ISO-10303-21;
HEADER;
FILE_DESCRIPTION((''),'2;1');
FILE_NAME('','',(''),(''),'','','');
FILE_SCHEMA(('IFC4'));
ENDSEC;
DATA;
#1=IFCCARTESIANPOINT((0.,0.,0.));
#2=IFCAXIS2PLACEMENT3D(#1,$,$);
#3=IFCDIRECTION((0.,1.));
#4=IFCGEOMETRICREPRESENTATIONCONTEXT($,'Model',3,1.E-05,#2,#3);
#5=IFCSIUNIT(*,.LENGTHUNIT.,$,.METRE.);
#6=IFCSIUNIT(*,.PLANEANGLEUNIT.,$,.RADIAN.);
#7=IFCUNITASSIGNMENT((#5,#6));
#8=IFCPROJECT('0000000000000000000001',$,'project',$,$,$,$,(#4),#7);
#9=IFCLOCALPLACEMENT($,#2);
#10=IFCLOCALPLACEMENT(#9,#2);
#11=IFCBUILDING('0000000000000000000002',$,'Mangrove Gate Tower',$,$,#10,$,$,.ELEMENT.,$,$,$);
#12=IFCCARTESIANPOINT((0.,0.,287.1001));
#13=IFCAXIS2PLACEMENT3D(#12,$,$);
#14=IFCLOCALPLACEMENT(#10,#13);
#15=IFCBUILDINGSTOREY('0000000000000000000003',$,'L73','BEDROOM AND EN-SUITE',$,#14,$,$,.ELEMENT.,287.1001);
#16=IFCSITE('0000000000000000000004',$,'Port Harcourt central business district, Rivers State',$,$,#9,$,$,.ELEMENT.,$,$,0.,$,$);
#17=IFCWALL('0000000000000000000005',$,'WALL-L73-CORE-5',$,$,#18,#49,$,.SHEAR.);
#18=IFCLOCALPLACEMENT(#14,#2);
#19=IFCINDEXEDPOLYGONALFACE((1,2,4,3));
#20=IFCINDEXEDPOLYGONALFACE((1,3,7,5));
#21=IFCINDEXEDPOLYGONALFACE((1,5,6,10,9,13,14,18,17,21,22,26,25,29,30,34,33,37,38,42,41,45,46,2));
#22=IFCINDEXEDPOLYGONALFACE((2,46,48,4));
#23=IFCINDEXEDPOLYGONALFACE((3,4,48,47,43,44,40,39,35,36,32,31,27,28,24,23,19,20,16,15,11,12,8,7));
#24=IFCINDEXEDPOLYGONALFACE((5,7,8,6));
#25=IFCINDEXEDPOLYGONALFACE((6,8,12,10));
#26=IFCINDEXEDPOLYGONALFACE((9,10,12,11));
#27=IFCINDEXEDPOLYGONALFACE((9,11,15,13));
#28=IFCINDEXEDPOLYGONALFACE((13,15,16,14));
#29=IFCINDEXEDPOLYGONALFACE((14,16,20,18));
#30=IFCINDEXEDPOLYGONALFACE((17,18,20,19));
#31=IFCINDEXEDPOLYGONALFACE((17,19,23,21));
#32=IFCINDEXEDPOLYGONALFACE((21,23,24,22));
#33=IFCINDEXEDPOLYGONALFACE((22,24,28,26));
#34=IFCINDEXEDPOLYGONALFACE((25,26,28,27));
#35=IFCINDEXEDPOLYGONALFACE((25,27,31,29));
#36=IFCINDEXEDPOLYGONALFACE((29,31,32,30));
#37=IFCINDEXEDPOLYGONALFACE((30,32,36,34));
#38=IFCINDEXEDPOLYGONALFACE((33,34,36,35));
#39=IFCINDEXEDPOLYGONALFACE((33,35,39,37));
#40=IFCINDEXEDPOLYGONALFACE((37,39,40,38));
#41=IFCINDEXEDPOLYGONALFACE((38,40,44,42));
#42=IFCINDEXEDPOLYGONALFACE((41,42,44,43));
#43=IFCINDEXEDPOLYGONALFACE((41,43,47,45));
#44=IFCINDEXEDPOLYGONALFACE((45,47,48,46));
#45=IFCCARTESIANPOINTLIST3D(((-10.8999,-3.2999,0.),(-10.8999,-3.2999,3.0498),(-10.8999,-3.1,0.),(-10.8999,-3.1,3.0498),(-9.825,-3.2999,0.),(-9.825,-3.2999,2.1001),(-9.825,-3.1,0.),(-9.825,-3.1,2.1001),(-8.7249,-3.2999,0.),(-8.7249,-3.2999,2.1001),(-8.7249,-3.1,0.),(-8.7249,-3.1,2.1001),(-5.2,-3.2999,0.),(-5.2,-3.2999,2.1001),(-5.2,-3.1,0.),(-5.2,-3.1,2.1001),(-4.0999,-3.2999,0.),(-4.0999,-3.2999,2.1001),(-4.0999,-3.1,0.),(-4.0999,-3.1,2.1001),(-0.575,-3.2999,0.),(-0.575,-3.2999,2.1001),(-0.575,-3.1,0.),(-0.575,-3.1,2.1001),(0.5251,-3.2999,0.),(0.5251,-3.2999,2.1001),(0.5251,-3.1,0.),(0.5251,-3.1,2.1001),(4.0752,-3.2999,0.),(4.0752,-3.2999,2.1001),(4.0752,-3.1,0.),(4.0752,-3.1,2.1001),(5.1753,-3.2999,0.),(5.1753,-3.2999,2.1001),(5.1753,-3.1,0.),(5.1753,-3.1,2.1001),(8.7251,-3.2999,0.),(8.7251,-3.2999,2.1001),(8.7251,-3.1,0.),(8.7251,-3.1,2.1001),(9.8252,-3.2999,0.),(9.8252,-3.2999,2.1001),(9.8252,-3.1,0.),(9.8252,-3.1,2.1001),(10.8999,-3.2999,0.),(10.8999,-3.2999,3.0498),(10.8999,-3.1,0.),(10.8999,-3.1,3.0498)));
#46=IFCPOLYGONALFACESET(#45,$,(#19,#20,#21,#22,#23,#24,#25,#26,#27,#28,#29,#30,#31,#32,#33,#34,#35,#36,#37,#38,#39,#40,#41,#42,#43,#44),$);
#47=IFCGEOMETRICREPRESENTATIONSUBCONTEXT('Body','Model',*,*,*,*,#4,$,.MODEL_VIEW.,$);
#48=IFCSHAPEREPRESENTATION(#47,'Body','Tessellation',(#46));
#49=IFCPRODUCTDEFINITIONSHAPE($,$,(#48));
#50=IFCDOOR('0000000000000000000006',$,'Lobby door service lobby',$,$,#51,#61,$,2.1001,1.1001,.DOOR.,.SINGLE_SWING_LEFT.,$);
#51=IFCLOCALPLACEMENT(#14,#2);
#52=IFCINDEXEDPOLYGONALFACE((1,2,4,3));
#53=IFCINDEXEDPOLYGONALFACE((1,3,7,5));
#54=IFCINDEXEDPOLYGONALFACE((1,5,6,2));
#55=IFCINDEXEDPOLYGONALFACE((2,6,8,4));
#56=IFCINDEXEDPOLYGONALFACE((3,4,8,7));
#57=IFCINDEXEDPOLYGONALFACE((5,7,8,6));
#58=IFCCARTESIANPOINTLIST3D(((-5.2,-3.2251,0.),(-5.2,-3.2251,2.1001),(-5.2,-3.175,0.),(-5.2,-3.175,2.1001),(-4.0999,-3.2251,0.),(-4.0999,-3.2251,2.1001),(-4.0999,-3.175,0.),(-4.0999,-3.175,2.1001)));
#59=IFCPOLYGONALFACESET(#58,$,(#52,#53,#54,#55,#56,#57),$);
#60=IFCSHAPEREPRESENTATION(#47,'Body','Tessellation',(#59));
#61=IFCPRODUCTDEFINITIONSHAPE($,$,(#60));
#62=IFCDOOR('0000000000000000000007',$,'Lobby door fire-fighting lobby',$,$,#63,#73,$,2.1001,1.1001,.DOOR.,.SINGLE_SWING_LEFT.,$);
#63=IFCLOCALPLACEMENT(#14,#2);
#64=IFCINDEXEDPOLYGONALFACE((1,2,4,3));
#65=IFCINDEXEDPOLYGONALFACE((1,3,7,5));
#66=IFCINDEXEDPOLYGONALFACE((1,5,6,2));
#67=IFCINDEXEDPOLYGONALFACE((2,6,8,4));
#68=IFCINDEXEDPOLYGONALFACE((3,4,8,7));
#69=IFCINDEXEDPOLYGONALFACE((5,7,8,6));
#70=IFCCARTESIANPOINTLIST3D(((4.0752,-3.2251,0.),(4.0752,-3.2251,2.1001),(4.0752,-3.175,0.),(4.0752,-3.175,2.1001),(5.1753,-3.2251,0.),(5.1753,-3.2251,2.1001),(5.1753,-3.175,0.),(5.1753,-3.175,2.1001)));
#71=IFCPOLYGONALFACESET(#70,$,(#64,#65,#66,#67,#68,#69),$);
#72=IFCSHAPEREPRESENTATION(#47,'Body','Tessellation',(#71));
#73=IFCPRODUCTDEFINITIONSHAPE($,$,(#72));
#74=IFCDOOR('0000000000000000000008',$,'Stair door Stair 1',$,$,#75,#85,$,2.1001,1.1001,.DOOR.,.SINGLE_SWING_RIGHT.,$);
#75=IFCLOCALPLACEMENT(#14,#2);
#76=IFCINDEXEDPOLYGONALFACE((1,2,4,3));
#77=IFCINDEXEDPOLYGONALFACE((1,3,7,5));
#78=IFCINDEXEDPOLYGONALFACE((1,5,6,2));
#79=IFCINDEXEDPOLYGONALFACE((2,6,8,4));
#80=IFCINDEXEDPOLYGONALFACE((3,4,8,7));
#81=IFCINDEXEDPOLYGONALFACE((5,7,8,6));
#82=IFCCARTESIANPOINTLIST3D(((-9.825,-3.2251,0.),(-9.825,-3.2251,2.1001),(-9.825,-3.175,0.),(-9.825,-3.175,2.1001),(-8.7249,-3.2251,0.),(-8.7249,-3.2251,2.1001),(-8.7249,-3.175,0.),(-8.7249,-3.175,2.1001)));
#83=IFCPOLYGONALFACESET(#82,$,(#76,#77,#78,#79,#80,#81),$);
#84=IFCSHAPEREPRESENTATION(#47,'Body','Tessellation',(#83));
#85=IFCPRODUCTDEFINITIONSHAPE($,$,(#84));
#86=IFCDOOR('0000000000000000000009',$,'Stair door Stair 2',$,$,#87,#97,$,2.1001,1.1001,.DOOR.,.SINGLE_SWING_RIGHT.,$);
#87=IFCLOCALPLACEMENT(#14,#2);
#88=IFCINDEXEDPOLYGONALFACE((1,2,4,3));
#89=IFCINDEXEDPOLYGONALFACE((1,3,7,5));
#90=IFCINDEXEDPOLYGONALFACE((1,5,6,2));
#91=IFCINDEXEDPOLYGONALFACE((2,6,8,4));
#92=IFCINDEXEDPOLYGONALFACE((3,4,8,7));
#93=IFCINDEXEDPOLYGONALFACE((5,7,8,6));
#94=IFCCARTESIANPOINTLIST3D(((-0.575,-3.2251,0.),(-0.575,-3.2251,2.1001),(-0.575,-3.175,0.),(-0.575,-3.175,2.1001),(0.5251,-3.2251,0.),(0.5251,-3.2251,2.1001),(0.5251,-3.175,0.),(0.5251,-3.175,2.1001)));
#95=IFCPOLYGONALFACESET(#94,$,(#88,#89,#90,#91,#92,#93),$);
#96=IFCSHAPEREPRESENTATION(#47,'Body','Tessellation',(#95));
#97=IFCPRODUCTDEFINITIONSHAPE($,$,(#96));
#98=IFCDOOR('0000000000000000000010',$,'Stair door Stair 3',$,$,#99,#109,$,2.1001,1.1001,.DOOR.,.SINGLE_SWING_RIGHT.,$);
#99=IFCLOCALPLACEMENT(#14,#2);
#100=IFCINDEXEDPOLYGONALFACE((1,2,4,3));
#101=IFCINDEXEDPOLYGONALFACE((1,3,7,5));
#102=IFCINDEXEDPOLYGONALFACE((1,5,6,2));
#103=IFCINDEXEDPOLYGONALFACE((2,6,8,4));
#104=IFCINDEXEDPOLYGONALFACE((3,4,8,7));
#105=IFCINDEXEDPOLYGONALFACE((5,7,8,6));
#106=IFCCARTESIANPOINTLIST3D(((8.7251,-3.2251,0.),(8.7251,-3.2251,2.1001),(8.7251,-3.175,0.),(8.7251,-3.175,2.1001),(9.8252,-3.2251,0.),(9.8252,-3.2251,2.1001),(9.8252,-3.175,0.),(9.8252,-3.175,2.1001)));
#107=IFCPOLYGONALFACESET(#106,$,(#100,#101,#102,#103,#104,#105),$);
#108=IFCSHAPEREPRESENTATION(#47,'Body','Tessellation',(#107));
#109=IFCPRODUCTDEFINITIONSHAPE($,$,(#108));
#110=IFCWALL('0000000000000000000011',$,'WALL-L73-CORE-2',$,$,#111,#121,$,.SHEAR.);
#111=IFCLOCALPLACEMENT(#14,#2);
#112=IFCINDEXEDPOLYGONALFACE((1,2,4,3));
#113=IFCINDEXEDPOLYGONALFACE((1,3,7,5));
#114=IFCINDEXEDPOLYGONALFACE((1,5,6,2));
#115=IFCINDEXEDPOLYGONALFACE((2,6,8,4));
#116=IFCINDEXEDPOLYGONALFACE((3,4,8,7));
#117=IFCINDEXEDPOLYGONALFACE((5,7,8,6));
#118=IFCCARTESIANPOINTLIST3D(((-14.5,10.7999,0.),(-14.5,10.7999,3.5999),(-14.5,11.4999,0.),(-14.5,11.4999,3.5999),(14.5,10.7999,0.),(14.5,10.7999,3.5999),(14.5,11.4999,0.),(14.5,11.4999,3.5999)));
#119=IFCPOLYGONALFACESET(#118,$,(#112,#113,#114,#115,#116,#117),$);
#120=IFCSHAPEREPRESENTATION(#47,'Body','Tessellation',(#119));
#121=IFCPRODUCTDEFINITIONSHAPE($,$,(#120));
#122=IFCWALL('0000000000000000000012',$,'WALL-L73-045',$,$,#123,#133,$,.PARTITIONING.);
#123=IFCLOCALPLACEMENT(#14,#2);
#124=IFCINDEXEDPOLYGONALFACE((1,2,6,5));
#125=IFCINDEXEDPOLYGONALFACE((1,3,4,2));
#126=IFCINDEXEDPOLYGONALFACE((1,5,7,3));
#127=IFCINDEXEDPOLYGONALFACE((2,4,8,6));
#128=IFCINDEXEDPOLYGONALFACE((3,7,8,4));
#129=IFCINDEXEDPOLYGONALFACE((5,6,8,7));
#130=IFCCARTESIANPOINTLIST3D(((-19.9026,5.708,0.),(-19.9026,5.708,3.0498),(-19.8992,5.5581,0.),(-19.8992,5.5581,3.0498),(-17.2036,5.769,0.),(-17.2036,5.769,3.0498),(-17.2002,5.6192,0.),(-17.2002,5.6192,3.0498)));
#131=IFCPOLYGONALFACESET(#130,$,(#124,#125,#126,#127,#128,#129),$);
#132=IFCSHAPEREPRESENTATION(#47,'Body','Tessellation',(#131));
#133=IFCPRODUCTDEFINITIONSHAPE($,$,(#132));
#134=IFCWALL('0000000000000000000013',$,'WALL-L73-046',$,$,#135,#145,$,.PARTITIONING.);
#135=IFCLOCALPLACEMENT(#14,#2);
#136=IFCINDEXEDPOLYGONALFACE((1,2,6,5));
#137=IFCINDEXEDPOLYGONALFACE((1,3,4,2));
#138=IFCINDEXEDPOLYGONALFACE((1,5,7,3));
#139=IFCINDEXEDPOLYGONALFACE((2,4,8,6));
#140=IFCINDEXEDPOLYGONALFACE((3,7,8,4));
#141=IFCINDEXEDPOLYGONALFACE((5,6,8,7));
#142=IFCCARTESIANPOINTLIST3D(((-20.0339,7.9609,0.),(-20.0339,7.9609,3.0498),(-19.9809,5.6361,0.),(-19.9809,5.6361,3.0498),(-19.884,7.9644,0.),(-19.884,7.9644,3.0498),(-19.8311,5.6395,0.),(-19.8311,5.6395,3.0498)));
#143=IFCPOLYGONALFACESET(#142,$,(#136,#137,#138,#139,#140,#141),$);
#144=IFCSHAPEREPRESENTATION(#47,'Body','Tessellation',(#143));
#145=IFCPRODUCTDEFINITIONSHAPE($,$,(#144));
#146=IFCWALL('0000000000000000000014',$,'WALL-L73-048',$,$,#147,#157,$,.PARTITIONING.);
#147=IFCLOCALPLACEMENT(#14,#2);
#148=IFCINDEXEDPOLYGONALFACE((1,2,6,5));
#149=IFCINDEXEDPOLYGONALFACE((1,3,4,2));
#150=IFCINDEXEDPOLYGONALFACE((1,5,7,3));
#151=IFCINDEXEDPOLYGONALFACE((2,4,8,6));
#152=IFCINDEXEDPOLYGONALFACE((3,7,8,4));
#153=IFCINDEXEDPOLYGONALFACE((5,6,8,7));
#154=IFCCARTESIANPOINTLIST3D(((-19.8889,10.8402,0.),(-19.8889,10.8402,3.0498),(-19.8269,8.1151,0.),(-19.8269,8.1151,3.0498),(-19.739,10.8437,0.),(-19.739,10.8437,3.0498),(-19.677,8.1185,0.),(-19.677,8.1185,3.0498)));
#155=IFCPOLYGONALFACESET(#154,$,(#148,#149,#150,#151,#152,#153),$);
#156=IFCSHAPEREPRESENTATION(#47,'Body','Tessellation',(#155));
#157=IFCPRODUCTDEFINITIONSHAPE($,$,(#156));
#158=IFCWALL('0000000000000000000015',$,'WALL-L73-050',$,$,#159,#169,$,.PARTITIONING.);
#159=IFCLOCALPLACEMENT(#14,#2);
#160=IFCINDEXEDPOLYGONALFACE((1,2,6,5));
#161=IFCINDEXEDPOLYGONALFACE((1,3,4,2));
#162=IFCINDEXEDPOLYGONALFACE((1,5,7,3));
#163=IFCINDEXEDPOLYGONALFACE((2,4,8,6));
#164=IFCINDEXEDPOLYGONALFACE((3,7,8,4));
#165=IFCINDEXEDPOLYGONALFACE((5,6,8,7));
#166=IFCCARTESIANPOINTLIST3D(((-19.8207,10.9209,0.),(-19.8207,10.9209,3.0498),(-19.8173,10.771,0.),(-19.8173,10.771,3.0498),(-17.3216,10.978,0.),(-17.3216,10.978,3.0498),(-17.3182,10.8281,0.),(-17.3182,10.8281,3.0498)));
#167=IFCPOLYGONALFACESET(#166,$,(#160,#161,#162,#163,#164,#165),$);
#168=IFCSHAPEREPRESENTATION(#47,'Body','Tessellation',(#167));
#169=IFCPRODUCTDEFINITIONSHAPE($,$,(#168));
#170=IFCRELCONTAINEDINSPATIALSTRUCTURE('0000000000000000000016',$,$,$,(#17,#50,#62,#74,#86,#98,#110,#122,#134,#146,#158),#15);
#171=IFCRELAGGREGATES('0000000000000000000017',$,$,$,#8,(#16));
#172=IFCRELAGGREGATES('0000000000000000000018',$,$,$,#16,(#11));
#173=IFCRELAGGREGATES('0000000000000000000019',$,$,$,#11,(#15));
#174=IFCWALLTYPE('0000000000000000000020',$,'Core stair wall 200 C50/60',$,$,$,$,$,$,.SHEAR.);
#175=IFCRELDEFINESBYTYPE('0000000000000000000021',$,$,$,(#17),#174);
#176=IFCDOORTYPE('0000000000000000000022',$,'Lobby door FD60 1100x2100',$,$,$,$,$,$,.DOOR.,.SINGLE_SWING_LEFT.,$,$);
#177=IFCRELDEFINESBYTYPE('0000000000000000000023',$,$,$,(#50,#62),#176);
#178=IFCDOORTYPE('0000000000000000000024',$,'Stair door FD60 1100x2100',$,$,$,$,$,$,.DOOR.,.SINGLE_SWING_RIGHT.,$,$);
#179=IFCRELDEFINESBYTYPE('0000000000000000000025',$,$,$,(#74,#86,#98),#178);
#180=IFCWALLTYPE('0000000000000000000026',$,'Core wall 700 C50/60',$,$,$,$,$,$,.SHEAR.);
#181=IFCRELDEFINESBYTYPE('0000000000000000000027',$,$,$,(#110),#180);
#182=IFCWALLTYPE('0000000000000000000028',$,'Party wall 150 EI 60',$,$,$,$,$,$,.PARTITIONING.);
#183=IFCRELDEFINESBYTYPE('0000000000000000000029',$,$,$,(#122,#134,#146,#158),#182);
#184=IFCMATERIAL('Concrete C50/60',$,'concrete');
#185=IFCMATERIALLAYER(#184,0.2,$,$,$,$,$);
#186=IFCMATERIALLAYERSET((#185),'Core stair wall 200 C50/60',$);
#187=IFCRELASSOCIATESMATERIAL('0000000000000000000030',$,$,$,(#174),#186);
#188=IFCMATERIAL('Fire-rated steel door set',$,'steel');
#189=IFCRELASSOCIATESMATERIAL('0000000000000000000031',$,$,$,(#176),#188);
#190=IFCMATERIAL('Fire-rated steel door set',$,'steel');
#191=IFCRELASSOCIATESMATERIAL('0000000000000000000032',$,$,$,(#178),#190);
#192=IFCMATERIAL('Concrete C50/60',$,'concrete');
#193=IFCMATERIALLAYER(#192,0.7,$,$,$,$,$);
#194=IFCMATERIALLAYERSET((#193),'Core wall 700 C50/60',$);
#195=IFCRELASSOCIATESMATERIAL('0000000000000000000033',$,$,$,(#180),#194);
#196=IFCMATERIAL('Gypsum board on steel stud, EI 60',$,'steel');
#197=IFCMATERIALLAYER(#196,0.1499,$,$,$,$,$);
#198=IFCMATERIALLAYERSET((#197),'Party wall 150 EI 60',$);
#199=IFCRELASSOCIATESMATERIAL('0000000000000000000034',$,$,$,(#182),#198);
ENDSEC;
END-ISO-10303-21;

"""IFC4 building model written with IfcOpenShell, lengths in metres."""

from ifc_helpers import new_model, si_unit, direction, frame, frame_2d, origin, place, context, subcontext, project, spatial, rectangle, extrude, material, layer, layer_set, type_object, element, fill, save


model = new_model("IFC4")

# Units and contexts
model_context = context("Model", 3, precision=1e-05, world=origin(), true_north=direction((0.0, 1.0)))
body_context = subcontext(model_context, "Body", "Model", "MODEL_VIEW")
ifc_project = project(units=[si_unit("LENGTHUNIT", "METRE"), si_unit("PLANEANGLEUNIT", "RADIAN")], contexts=[model_context])

# Site, building, storey
site_placement = place(None, origin())
site = spatial("IfcSite", under=ifc_project, at=site_placement, Name="Port Harcourt central business district, Rivers State", CompositionType="ELEMENT", RefElevation=0.0)
building_placement = place(site_placement, origin())
building = spatial("IfcBuilding", under=site, at=building_placement, Name="Mangrove Gate Tower", CompositionType="ELEMENT")
storey_placement = place(building_placement, frame((0.0, 0.0, 287.1001)))
storey = spatial("IfcBuildingStorey", under=building, at=storey_placement, Name="L73", Description="BEDROOM AND EN-SUITE", CompositionType="ELEMENT", Elevation=287.1001)

# Wall, openings, doors
ifc_material_1 = material(Name="Concrete C50/60", Category="concrete")
ifc_layer_1 = layer(ifc_material_1, 0.2)
ifc_layer_set_1 = layer_set([ifc_layer_1], Name="Core stair wall 200 C50/60")
wall_type_1 = type_object("IfcWallType", Name="Core stair wall 200 C50/60", PredefinedType="SHEAR", material=ifc_layer_set_1)
wall_1_placement = place(storey_placement, frame((-10.8999, -3.2, 0.0), z_axis=(0.0, 0.0, 1.0), x_axis=(1.0, 0.0, 0.0)))
wall_1 = element("IfcWall", 1, at=wall_1_placement, inside=storey, type_object=wall_type_1, Name="WALL-L73-CORE-5", PredefinedType="SHEAR", context=body_context, shape_type="SweptSolid", body=[
    extrude(rectangle(XDim=21.7998, YDim=0.2, at=frame_2d((10.8999, 0.0))), origin(), (0.0, 0.0, 1.0), 3.0498),
])
opening_1_placement = place(wall_1_placement, frame((1.075, 0.0, 0.0)))
opening_1 = element("IfcOpeningElement", 2, at=opening_1_placement, cuts=wall_1, PredefinedType="OPENING", context=body_context, shape_type="SweptSolid", body=[
    extrude(rectangle(XDim=1.1001, YDim=2.1001, at=frame_2d((0.55, 1.05))), frame((0.0, 0.1099, 0.0), z_axis=(0.0, -1.0, 0.0), x_axis=(1.0, 0.0, 0.0)), (0.0, 0.0, 1.0), 0.22),
])
opening_2_placement = place(wall_1_placement, frame((10.325, 0.0, 0.0)))
opening_2 = element("IfcOpeningElement", 3, at=opening_2_placement, cuts=wall_1, PredefinedType="OPENING", context=body_context, shape_type="SweptSolid", body=[
    extrude(rectangle(XDim=1.1001, YDim=2.1001, at=frame_2d((0.55, 1.05))), frame((0.0, 0.1099, 0.0), z_axis=(0.0, -1.0, 0.0), x_axis=(1.0, 0.0, 0.0)), (0.0, 0.0, 1.0), 0.22),
])
opening_3_placement = place(wall_1_placement, frame((19.625, 0.0, 0.0)))
opening_3 = element("IfcOpeningElement", 4, at=opening_3_placement, cuts=wall_1, PredefinedType="OPENING", context=body_context, shape_type="SweptSolid", body=[
    extrude(rectangle(XDim=1.1001, YDim=2.1001, at=frame_2d((0.55, 1.05))), frame((0.0, 0.1099, 0.0), z_axis=(0.0, -1.0, 0.0), x_axis=(1.0, 0.0, 0.0)), (0.0, 0.0, 1.0), 0.22),
])
opening_4_placement = place(wall_1_placement, frame((5.7, 0.0, 0.0)))
opening_4 = element("IfcOpeningElement", 5, at=opening_4_placement, cuts=wall_1, PredefinedType="OPENING", context=body_context, shape_type="SweptSolid", body=[
    extrude(rectangle(XDim=1.1001, YDim=2.1001, at=frame_2d((0.55, 1.05))), frame((0.0, 0.1099, 0.0), z_axis=(0.0, -1.0, 0.0), x_axis=(1.0, 0.0, 0.0)), (0.0, 0.0, 1.0), 0.22),
])
opening_5_placement = place(wall_1_placement, frame((14.9751, 0.0, 0.0)))
opening_5 = element("IfcOpeningElement", 6, at=opening_5_placement, cuts=wall_1, PredefinedType="OPENING", context=body_context, shape_type="SweptSolid", body=[
    extrude(rectangle(XDim=1.1001, YDim=2.1001, at=frame_2d((0.55, 1.05))), frame((0.0, 0.1099, 0.0), z_axis=(0.0, -1.0, 0.0), x_axis=(1.0, 0.0, 0.0)), (0.0, 0.0, 1.0), 0.22),
])
ifc_material_2 = material(Name="Fire-rated steel door set", Category="steel")
door_type_1 = type_object("IfcDoorType", Name="Lobby door FD60 1100x2100", OperationType="SINGLE_SWING_LEFT", PredefinedType="DOOR", material=ifc_material_2)
door_1_placement = place(opening_4_placement, origin())
door_1 = element("IfcDoor", 7, at=door_1_placement, inside=storey, type_object=door_type_1, Name="Lobby door service lobby", OperationType="SINGLE_SWING_LEFT", OverallHeight=2.1001, OverallWidth=1.1001, PredefinedType="DOOR", context=body_context, shape_type="SweptSolid", body=[
    extrude(rectangle(XDim=1.1001, YDim=2.1001, at=frame_2d((0.55, 1.05))), frame((0.0, 0.0249, 0.0), z_axis=(0.0, -1.0, 0.0), x_axis=(1.0, 0.0, 0.0)), (0.0, 0.0, 1.0), 0.05),
])
fill(opening_4, door_1)
door_2_placement = place(opening_5_placement, origin())
door_2 = element("IfcDoor", 8, at=door_2_placement, inside=storey, type_object=door_type_1, Name="Lobby door fire-fighting lobby", OperationType="SINGLE_SWING_LEFT", OverallHeight=2.1001, OverallWidth=1.1001, PredefinedType="DOOR", context=body_context, shape_type="SweptSolid", body=[
    extrude(rectangle(XDim=1.1001, YDim=2.1001, at=frame_2d((0.55, 1.05))), frame((0.0, 0.0249, 0.0), z_axis=(0.0, -1.0, 0.0), x_axis=(1.0, 0.0, 0.0)), (0.0, 0.0, 1.0), 0.05),
])
fill(opening_5, door_2)
ifc_material_3 = material(Name="Fire-rated steel door set", Category="steel")
door_type_2 = type_object("IfcDoorType", Name="Stair door FD60 1100x2100", OperationType="SINGLE_SWING_RIGHT", PredefinedType="DOOR", material=ifc_material_3)
door_3_placement = place(opening_1_placement, origin())
door_3 = element("IfcDoor", 9, at=door_3_placement, inside=storey, type_object=door_type_2, Name="Stair door Stair 1", OperationType="SINGLE_SWING_RIGHT", OverallHeight=2.1001, OverallWidth=1.1001, PredefinedType="DOOR", context=body_context, shape_type="SweptSolid", body=[
    extrude(rectangle(XDim=1.1001, YDim=2.1001, at=frame_2d((0.55, 1.05))), frame((0.0, 0.0249, 0.0), z_axis=(0.0, -1.0, 0.0), x_axis=(1.0, 0.0, 0.0)), (0.0, 0.0, 1.0), 0.05),
])
fill(opening_1, door_3)
door_4_placement = place(opening_2_placement, origin())
door_4 = element("IfcDoor", 10, at=door_4_placement, inside=storey, type_object=door_type_2, Name="Stair door Stair 2", OperationType="SINGLE_SWING_RIGHT", OverallHeight=2.1001, OverallWidth=1.1001, PredefinedType="DOOR", context=body_context, shape_type="SweptSolid", body=[
    extrude(rectangle(XDim=1.1001, YDim=2.1001, at=frame_2d((0.55, 1.05))), frame((0.0, 0.0249, 0.0), z_axis=(0.0, -1.0, 0.0), x_axis=(1.0, 0.0, 0.0)), (0.0, 0.0, 1.0), 0.05),
])
fill(opening_2, door_4)
door_5_placement = place(opening_3_placement, origin())
door_5 = element("IfcDoor", 11, at=door_5_placement, inside=storey, type_object=door_type_2, Name="Stair door Stair 3", OperationType="SINGLE_SWING_RIGHT", OverallHeight=2.1001, OverallWidth=1.1001, PredefinedType="DOOR", context=body_context, shape_type="SweptSolid", body=[
    extrude(rectangle(XDim=1.1001, YDim=2.1001, at=frame_2d((0.55, 1.05))), frame((0.0, 0.0249, 0.0), z_axis=(0.0, -1.0, 0.0), x_axis=(1.0, 0.0, 0.0)), (0.0, 0.0, 1.0), 0.05),
])
fill(opening_3, door_5)

# Walls
ifc_material_4 = material(Name="Concrete C50/60", Category="concrete")
ifc_layer_2 = layer(ifc_material_4, 0.7)
ifc_layer_set_2 = layer_set([ifc_layer_2], Name="Core wall 700 C50/60")
wall_type_2 = type_object("IfcWallType", Name="Core wall 700 C50/60", PredefinedType="SHEAR", material=ifc_layer_set_2)
wall_2_placement = place(storey_placement, frame((-14.5, 11.1499, 0.0), z_axis=(0.0, 0.0, 1.0), x_axis=(1.0, 0.0, 0.0)))
element("IfcWall", 12, at=wall_2_placement, inside=storey, type_object=wall_type_2, Name="WALL-L73-CORE-2", PredefinedType="SHEAR", context=body_context, shape_type="SweptSolid", body=[
    extrude(rectangle(XDim=29.0, YDim=0.7, at=frame_2d((14.5, 0.0))), origin(), (0.0, 0.0, 1.0), 3.5999),
])
ifc_material_5 = material(Name="Gypsum board on steel stud, EI 60", Category="steel")
ifc_layer_3 = layer(ifc_material_5, 0.1499)
ifc_layer_set_3 = layer_set([ifc_layer_3], Name="Party wall 150 EI 60")
wall_type_3 = type_object("IfcWallType", Name="Party wall 150 EI 60", PredefinedType="PARTITIONING", material=ifc_layer_set_3)
wall_3_placement = place(storey_placement, frame((-19.9009, 5.6331, 0.0), z_axis=(0.0, 0.0, 1.0), x_axis=(0.999744, 0.022608, 0.0)))
element("IfcWall", 13, at=wall_3_placement, inside=storey, type_object=wall_type_3, Name="WALL-L73-045", PredefinedType="PARTITIONING", context=body_context, shape_type="SweptSolid", body=[
    extrude(rectangle(XDim=2.6997, YDim=0.1499, at=frame_2d((1.3499, 0.0))), origin(), (0.0, 0.0, 1.0), 3.0498),
])
wall_4_placement = place(storey_placement, frame((-19.906, 5.6379, 0.0), z_axis=(0.0, 0.0, 1.0), x_axis=(-0.022781, 0.99974, 0.0)))
element("IfcWall", 14, at=wall_4_placement, inside=storey, type_object=wall_type_3, Name="WALL-L73-046", PredefinedType="PARTITIONING", context=body_context, shape_type="SweptSolid", body=[
    extrude(rectangle(XDim=2.3254, YDim=0.1499, at=frame_2d((1.1626, 0.0))), origin(), (0.0, 0.0, 1.0), 3.0498),
])
wall_5_placement = place(storey_placement, frame((-19.752, 8.1169, 0.0), z_axis=(0.0, 0.0, 1.0), x_axis=(-0.02275, 0.999741, 0.0)))
element("IfcWall", 15, at=wall_5_placement, inside=storey, type_object=wall_type_3, Name="WALL-L73-048", PredefinedType="PARTITIONING", context=body_context, shape_type="SweptSolid", body=[
    extrude(rectangle(XDim=2.7258, YDim=0.1499, at=frame_2d((1.3628, 0.0))), origin(), (0.0, 0.0, 1.0), 3.0498),
])
wall_6_placement = place(storey_placement, frame((-19.8191, 10.8459, 0.0), z_axis=(0.0, 0.0, 1.0), x_axis=(0.999739, 0.022855, 0.0)))
element("IfcWall", 16, at=wall_6_placement, inside=storey, type_object=wall_type_3, Name="WALL-L73-050", PredefinedType="PARTITIONING", context=body_context, shape_type="SweptSolid", body=[
    extrude(rectangle(XDim=2.4998, YDim=0.1499, at=frame_2d((1.25, 0.0))), origin(), (0.0, 0.0, 1.0), 3.0498),
])

save(model, "model.ifc")
